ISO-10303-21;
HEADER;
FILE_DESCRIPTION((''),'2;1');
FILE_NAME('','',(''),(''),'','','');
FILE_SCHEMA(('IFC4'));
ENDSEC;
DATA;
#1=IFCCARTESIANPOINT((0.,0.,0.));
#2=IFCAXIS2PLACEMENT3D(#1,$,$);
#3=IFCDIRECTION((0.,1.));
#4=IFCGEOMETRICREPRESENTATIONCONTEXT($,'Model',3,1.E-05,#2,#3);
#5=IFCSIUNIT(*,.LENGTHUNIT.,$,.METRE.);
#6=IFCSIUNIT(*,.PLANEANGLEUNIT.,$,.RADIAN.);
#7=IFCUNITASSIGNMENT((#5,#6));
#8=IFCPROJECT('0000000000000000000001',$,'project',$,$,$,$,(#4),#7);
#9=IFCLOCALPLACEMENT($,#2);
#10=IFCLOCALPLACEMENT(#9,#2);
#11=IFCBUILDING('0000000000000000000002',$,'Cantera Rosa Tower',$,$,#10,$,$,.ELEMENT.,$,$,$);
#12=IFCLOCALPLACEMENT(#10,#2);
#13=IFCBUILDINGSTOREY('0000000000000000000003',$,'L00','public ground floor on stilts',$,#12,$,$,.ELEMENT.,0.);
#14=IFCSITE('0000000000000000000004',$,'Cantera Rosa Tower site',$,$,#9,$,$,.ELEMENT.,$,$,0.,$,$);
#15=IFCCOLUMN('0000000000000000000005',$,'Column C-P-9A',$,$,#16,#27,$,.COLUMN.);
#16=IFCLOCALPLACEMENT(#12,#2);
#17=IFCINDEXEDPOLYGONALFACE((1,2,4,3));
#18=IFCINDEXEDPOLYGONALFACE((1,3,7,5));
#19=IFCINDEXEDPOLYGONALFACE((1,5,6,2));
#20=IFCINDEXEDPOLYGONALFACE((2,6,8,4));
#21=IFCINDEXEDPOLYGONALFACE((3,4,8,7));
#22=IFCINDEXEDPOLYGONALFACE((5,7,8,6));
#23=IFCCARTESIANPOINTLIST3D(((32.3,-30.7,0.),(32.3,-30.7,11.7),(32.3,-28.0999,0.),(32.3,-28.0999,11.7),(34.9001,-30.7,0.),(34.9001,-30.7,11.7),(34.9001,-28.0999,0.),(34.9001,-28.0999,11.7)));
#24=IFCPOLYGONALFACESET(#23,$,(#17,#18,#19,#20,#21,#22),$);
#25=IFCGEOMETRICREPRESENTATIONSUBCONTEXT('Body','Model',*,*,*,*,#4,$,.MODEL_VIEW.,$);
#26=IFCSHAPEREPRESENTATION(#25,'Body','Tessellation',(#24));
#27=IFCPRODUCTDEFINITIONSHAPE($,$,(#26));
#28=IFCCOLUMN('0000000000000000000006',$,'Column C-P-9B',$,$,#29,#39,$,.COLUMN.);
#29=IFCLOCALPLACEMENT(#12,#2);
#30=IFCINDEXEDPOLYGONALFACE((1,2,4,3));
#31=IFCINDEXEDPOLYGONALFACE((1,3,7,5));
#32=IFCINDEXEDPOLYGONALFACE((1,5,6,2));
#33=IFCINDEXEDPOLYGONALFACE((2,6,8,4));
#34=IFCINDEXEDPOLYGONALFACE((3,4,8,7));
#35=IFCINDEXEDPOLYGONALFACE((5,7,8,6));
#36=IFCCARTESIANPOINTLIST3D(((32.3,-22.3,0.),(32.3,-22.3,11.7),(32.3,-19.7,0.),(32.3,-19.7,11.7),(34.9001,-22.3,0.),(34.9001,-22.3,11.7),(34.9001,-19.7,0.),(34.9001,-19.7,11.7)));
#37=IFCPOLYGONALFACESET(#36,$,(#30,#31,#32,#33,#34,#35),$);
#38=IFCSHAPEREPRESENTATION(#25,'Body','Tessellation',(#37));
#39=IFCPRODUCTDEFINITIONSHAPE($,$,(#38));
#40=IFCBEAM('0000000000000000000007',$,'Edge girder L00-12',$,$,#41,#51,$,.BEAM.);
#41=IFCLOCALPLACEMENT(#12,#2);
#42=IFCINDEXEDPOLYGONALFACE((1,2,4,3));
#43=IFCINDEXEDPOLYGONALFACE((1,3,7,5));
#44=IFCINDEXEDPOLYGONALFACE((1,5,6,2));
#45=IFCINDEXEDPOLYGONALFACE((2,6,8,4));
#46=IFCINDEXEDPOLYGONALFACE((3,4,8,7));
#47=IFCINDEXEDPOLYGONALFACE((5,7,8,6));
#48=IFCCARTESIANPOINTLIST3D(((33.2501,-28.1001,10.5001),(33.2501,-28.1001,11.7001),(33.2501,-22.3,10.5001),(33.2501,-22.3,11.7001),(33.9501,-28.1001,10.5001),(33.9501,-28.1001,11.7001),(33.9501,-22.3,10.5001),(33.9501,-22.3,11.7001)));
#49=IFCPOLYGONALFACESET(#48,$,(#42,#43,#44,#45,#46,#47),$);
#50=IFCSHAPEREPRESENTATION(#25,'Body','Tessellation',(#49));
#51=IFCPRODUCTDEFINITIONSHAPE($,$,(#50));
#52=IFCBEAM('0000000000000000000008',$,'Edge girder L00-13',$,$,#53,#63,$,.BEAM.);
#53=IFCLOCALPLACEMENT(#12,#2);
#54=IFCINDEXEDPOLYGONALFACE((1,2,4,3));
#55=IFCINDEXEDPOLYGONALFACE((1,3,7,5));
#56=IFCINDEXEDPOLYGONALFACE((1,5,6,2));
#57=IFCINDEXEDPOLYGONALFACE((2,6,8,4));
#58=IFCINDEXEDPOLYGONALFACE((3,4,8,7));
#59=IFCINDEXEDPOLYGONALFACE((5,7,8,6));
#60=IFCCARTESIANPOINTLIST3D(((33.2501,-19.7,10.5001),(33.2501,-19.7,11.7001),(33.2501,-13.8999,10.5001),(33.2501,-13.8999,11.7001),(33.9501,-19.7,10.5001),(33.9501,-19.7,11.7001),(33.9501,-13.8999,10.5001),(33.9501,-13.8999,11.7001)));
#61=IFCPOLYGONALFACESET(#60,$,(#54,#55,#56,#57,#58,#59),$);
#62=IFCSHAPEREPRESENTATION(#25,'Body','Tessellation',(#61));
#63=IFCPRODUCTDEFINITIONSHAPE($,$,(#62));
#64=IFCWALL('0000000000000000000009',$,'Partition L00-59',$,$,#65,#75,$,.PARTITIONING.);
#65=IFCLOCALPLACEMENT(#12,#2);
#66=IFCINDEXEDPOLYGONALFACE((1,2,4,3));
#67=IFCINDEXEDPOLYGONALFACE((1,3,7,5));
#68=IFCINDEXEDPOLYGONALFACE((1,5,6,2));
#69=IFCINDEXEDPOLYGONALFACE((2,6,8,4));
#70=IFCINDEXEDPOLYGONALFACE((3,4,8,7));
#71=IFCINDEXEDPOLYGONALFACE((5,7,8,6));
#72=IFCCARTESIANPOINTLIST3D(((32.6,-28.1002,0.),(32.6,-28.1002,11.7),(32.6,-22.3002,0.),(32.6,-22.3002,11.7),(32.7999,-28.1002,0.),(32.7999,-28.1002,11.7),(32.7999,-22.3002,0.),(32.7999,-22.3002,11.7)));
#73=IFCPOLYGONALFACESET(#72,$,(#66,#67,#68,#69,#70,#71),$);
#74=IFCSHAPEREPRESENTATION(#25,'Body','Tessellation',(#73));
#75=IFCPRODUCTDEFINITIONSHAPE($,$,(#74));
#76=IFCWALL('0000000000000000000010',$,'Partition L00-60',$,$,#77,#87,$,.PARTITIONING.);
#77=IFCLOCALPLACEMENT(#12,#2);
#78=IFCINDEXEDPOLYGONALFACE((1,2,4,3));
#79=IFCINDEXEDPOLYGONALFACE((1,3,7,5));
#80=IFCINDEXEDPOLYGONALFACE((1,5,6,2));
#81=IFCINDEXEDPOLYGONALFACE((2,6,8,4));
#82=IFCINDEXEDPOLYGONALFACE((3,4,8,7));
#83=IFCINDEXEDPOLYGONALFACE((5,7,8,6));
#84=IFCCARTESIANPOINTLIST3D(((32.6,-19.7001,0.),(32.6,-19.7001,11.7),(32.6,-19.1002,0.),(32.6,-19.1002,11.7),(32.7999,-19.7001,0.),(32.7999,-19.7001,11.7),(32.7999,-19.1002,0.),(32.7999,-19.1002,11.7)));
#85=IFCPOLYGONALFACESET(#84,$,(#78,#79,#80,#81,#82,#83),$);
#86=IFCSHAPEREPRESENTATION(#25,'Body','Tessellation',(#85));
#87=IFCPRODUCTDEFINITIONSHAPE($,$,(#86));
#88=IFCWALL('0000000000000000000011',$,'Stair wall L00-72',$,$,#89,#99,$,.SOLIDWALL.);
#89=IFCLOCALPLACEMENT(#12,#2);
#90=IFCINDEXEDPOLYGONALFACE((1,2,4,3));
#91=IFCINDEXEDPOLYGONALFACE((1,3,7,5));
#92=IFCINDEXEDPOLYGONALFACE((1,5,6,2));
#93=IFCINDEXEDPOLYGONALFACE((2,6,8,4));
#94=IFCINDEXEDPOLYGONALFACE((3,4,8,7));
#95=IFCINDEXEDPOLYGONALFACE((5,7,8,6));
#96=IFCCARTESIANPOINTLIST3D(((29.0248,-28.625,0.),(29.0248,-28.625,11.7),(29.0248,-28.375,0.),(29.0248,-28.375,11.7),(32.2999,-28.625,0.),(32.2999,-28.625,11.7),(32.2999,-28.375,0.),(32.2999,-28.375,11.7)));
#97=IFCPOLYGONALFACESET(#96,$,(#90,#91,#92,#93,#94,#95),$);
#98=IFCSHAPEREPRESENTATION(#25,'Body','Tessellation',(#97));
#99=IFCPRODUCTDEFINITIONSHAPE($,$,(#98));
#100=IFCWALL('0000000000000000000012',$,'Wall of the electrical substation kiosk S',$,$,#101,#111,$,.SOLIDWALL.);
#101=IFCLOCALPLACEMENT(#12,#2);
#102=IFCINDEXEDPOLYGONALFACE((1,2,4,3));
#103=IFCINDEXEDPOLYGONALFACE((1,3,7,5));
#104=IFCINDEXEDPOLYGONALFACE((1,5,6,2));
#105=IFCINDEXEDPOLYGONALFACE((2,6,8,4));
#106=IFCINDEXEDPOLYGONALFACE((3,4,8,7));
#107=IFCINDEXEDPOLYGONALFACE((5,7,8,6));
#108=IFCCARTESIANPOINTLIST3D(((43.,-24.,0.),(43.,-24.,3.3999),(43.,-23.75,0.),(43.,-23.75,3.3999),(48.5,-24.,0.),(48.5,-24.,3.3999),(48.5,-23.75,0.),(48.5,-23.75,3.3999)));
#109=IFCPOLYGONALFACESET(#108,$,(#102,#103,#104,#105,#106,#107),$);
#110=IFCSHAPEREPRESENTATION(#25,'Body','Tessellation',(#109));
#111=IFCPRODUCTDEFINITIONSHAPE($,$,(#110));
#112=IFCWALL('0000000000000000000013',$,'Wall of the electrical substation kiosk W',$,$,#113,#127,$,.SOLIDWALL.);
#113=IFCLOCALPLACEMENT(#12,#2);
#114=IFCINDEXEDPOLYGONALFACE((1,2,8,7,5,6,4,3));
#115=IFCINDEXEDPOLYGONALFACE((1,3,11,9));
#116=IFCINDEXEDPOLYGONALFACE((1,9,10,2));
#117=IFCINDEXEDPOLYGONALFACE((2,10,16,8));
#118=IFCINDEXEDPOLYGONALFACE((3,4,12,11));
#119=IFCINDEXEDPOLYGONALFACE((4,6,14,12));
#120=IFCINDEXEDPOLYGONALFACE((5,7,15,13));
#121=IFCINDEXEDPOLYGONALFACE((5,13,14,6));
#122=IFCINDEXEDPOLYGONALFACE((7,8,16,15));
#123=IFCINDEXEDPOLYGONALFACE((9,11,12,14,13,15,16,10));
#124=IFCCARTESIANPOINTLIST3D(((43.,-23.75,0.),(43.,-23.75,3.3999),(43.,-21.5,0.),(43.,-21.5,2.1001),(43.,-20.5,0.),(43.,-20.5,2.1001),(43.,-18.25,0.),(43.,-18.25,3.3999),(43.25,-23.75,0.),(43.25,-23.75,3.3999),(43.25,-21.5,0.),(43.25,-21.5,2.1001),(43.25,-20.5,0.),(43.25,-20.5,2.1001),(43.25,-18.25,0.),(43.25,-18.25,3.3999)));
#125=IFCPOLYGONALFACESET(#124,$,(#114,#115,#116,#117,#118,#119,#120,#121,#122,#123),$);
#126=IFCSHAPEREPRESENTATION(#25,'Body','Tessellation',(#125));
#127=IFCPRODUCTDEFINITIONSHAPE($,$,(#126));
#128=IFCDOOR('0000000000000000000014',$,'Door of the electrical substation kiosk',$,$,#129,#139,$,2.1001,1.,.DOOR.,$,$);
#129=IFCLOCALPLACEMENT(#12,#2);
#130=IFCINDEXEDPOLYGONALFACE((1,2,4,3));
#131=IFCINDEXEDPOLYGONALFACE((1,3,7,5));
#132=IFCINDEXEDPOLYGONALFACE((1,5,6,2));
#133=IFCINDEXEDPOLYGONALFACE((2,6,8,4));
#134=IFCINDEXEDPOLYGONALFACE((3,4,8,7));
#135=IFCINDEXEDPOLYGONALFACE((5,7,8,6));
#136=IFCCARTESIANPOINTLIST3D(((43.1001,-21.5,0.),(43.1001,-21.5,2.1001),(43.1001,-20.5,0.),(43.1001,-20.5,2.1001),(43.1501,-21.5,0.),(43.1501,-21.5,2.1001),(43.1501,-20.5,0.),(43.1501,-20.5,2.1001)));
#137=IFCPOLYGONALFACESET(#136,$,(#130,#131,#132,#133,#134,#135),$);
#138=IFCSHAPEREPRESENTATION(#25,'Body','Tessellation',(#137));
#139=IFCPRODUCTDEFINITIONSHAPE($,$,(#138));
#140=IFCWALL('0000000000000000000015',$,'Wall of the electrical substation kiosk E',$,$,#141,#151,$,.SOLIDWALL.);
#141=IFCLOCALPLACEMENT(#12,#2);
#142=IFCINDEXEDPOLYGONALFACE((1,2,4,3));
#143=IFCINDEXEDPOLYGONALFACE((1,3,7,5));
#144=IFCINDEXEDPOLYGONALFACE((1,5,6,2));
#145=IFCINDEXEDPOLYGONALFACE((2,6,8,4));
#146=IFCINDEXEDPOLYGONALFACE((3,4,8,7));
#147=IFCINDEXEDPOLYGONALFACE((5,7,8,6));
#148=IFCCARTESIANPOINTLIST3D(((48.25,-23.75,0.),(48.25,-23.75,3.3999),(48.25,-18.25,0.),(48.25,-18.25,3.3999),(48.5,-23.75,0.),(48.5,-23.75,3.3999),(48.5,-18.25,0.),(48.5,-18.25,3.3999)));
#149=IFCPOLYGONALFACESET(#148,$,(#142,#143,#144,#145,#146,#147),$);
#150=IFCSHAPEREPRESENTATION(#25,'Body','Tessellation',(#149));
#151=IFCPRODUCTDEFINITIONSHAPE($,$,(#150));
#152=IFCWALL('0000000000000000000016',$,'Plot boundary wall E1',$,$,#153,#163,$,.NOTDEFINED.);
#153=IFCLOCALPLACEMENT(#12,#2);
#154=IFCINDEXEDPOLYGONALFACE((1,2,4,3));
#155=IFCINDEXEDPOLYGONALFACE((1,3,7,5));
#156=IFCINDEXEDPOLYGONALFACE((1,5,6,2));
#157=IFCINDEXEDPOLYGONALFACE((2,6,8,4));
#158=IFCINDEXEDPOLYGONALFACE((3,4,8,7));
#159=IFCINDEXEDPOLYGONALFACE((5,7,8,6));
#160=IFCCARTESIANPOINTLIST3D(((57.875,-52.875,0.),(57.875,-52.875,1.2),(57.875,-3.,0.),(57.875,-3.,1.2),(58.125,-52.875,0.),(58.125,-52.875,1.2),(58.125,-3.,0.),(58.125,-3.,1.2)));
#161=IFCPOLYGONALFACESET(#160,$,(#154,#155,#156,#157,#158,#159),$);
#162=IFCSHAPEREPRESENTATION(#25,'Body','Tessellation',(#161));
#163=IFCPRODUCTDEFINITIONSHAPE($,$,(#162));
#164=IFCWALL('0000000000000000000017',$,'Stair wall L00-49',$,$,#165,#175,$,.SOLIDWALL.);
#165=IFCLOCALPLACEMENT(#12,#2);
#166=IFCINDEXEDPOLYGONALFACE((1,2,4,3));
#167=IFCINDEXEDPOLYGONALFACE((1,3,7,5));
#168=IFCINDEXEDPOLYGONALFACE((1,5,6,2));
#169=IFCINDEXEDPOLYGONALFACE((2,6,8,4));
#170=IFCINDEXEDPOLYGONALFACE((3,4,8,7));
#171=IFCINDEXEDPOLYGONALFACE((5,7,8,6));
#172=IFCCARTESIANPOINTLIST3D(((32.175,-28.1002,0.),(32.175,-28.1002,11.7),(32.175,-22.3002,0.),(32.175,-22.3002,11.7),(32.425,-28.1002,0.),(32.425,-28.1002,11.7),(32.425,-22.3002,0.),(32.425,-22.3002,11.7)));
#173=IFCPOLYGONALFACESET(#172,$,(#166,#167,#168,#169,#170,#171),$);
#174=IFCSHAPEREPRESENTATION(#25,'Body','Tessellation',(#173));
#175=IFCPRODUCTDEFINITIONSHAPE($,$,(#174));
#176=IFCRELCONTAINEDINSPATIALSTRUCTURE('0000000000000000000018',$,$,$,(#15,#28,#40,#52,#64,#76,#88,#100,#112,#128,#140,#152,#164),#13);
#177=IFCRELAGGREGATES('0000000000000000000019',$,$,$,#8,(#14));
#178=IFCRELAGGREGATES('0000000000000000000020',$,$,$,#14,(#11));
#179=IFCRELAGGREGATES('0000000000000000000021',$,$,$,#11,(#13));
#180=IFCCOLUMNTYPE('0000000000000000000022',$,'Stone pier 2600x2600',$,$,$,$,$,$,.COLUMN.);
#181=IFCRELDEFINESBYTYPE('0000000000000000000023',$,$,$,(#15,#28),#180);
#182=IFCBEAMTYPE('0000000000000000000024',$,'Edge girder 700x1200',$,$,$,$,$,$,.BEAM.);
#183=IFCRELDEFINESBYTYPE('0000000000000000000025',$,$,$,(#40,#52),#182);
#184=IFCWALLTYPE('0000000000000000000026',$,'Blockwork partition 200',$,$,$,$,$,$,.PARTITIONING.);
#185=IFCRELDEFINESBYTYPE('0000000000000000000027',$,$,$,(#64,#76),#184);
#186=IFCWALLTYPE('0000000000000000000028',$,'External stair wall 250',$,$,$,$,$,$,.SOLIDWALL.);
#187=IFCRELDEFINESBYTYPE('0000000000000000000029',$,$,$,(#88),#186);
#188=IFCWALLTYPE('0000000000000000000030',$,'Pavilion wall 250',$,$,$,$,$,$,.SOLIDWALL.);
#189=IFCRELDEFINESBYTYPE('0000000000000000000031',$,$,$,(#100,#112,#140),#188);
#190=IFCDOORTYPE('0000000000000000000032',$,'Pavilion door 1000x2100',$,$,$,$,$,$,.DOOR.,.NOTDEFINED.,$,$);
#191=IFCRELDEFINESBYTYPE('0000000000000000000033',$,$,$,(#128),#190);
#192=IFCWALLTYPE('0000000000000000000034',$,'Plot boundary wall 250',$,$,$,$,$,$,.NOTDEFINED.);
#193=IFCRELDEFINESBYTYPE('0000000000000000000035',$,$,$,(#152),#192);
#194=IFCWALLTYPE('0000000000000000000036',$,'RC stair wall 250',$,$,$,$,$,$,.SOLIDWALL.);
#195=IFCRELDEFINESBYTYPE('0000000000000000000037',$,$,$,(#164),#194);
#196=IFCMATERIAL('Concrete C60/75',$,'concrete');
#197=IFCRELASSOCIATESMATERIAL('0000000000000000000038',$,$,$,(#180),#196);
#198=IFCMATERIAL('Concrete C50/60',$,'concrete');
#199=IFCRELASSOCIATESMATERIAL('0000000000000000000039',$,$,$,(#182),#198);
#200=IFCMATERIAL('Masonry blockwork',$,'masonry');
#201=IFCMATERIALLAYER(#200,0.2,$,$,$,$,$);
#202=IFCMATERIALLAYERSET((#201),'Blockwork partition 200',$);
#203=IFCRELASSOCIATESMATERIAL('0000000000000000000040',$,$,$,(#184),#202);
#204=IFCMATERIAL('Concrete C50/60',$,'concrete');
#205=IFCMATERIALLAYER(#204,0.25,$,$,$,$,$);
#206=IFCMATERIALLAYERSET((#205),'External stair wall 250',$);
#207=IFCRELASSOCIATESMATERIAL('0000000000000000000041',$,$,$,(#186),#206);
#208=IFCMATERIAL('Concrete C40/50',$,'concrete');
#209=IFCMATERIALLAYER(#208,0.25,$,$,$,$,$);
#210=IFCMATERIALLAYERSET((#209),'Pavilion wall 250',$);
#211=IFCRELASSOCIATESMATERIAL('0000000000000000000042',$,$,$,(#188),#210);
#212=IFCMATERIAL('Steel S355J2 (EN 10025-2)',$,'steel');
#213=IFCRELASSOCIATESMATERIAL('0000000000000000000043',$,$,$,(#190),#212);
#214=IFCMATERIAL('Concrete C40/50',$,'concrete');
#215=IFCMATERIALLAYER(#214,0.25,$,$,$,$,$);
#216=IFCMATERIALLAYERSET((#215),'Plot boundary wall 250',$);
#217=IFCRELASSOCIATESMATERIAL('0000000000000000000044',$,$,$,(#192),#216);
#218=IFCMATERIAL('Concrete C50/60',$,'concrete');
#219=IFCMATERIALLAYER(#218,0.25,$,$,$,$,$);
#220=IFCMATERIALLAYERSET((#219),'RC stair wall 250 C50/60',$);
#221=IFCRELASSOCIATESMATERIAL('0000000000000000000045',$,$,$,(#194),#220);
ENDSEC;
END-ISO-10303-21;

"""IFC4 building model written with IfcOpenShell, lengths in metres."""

from ifc_helpers import new_model, si_unit, direction, frame, frame_2d, origin, origin_2d, place, context, subcontext, project, spatial, rectangle, extrude, material, layer, layer_set, material_profile, profile_set, type_object, element, fill, save


model = new_model("IFC4")

# Units and contexts
model_context = context("Model", 3, precision=1e-05, world=origin(), true_north=direction((0.0, 1.0)))
body_context = subcontext(model_context, "Body", "Model", "MODEL_VIEW")
ifc_project = project(units=[si_unit("LENGTHUNIT", "METRE"), si_unit("PLANEANGLEUNIT", "RADIAN")], contexts=[model_context])

# Site, building, storey
site_placement = place(None, origin())
site = spatial("IfcSite", under=ifc_project, at=site_placement, Name="Cantera Rosa Tower site", CompositionType="ELEMENT", RefElevation=0.0)
building_placement = place(site_placement, origin())
building = spatial("IfcBuilding", under=site, at=building_placement, Name="Cantera Rosa Tower", CompositionType="ELEMENT")
storey_placement = place(building_placement, origin())
storey = spatial("IfcBuildingStorey", under=building, at=storey_placement, Name="L00", Description="public ground floor on stilts", CompositionType="ELEMENT", Elevation=0.0)

# Columns
ifc_material_1 = material(Name="Concrete C60/75", Category="concrete")
ifc_material_profile_1 = material_profile(ifc_material_1, rectangle(XDim=2.6001, YDim=2.6001, at=origin_2d()), Name="Stone pier 2600x2600")
ifc_profile_set_1 = profile_set([ifc_material_profile_1], Name="Concrete C60/75")
column_type = type_object("IfcColumnType", Name="Stone pier 2600x2600", PredefinedType="COLUMN", material=ifc_profile_set_1)
for number, where, z_axis, x_axis, name in (
    (1, (33.6001, -29.3999, 0.0), (0.0, 0.0, 1.0), (1.0, 0.0, 0.0), "Column C-P-9A"),
    (2, (33.6001, -21.0, 0.0), (0.0, 0.0, 1.0), (1.0, 0.0, 0.0), "Column C-P-9B"),
):
    element("IfcColumn", number, at=place(storey_placement, frame(where, z_axis=z_axis, x_axis=x_axis)), inside=storey, type_object=column_type, Name=name, PredefinedType="COLUMN", context=body_context, shape_type="SweptSolid", body=[
        extrude(rectangle(XDim=2.6001, YDim=2.6001, at=origin_2d()), origin(), (0.0, 0.0, 1.0), 11.7),
    ])

# Beams
ifc_material_2 = material(Name="Concrete C50/60", Category="concrete")
ifc_material_profile_2 = material_profile(ifc_material_2, rectangle(XDim=0.7, YDim=1.2, at=origin_2d()), Name="Edge girder 700x1200")
ifc_profile_set_2 = profile_set([ifc_material_profile_2], Name="Concrete C50/60")
beam_type = type_object("IfcBeamType", Name="Edge girder 700x1200", PredefinedType="BEAM", material=ifc_profile_set_2)
for number, where, z_axis, x_axis, name in (
    (3, (33.6001, -28.1001, 11.1001), (0.0, 1.0, 0.0), (-1.0, 0.0, 0.0), "Edge girder L00-12"),
    (4, (33.6001, -19.7, 11.1001), (0.0, 1.0, 0.0), (-1.0, 0.0, 0.0), "Edge girder L00-13"),
):
    element("IfcBeam", number, at=place(storey_placement, frame(where, z_axis=z_axis, x_axis=x_axis)), inside=storey, type_object=beam_type, Name=name, PredefinedType="BEAM", context=body_context, shape_type="SweptSolid", body=[
        extrude(rectangle(XDim=0.7, YDim=1.2, at=origin_2d()), origin(), (0.0, 0.0, 1.0), 5.8),
    ])

# Walls
ifc_material_3 = material(Name="Masonry blockwork", Category="masonry")
ifc_layer_1 = layer(ifc_material_3, 0.2)
ifc_layer_set_1 = layer_set([ifc_layer_1], Name="Blockwork partition 200")
wall_type_1 = type_object("IfcWallType", Name="Blockwork partition 200", PredefinedType="PARTITIONING", material=ifc_layer_set_1)
wall_1_placement = place(storey_placement, frame((32.7, -28.1001, 0.0), z_axis=(0.0, 0.0, 1.0), x_axis=(0.0, 1.0, 0.0)))
element("IfcWall", 5, at=wall_1_placement, inside=storey, type_object=wall_type_1, Name="Partition L00-59", PredefinedType="PARTITIONING", context=body_context, shape_type="SweptSolid", body=[
    extrude(rectangle(XDim=5.8, YDim=0.2, at=frame_2d((2.8999, 0.0))), origin(), (0.0, 0.0, 1.0), 11.7),
])
wall_2_placement = place(storey_placement, frame((32.7, -19.7, 0.0), z_axis=(0.0, 0.0, 1.0), x_axis=(0.0, 1.0, 0.0)))
element("IfcWall", 6, at=wall_2_placement, inside=storey, type_object=wall_type_1, Name="Partition L00-60", PredefinedType="PARTITIONING", context=body_context, shape_type="SweptSolid", body=[
    extrude(rectangle(XDim=0.5999, YDim=0.2, at=frame_2d((0.2998, 0.0))), origin(), (0.0, 0.0, 1.0), 11.7),
])
ifc_material_4 = material(Name="Concrete C50/60", Category="concrete")
ifc_layer_2 = layer(ifc_material_4, 0.25)
ifc_layer_set_2 = layer_set([ifc_layer_2], Name="External stair wall 250")
wall_type_2 = type_object("IfcWallType", Name="External stair wall 250", PredefinedType="SOLIDWALL", material=ifc_layer_set_2)
wall_3_placement = place(storey_placement, frame((32.3, -28.5, 0.0), z_axis=(0.0, 0.0, 1.0), x_axis=(-1.0, 0.0, 0.0)))
element("IfcWall", 7, at=wall_3_placement, inside=storey, type_object=wall_type_2, Name="Stair wall L00-72", PredefinedType="SOLIDWALL", context=body_context, shape_type="SweptSolid", body=[
    extrude(rectangle(XDim=3.2751, YDim=0.25, at=frame_2d((1.6377, 0.0))), origin(), (0.0, 0.0, 1.0), 11.7),
])
ifc_material_5 = material(Name="Concrete C40/50", Category="concrete")
ifc_layer_3 = layer(ifc_material_5, 0.25)
ifc_layer_set_3 = layer_set([ifc_layer_3], Name="Pavilion wall 250")
wall_type_3 = type_object("IfcWallType", Name="Pavilion wall 250", PredefinedType="SOLIDWALL", material=ifc_layer_set_3)
wall_4_placement = place(storey_placement, frame((43.0, -23.875, 0.0), z_axis=(0.0, 0.0, 1.0), x_axis=(1.0, 0.0, 0.0)))
element("IfcWall", 8, at=wall_4_placement, inside=storey, type_object=wall_type_3, Name="Wall of the electrical substation kiosk S", PredefinedType="SOLIDWALL", context=body_context, shape_type="SweptSolid", body=[
    extrude(rectangle(XDim=5.5, YDim=0.25, at=frame_2d((2.75, 0.0))), origin(), (0.0, 0.0, 1.0), 3.3999),
])

# Wall, opening, door
wall_5_placement = place(storey_placement, frame((43.125, -23.75, 0.0), z_axis=(0.0, 0.0, 1.0), x_axis=(0.0, 1.0, 0.0)))
wall_5 = element("IfcWall", 9, at=wall_5_placement, inside=storey, type_object=wall_type_3, Name="Wall of the electrical substation kiosk W", PredefinedType="SOLIDWALL", context=body_context, shape_type="SweptSolid", body=[
    extrude(rectangle(XDim=5.5, YDim=0.25, at=frame_2d((2.75, 0.0))), origin(), (0.0, 0.0, 1.0), 3.3999),
])
opening_placement = place(wall_5_placement, frame((2.25, 0.0, 0.0)))
opening = element("IfcOpeningElement", 10, at=opening_placement, cuts=wall_5, PredefinedType="OPENING", context=body_context, shape_type="SweptSolid", body=[
    extrude(rectangle(XDim=1.0, YDim=2.1001, at=frame_2d((0.5, 1.05))), frame((0.0, 0.135, 0.0), z_axis=(0.0, -1.0, 0.0), x_axis=(1.0, 0.0, 0.0)), (0.0, 0.0, 1.0), 0.27),
])
ifc_material_6 = material(Name="Steel S355J2 (EN 10025-2)", Category="steel")
door_type = type_object("IfcDoorType", Name="Pavilion door 1000x2100", OperationType="NOTDEFINED", PredefinedType="DOOR", material=ifc_material_6)
door_placement = place(opening_placement, origin())
door = element("IfcDoor", 11, at=door_placement, inside=storey, type_object=door_type, Name="Door of the electrical substation kiosk", OverallHeight=2.1001, OverallWidth=1.0, PredefinedType="DOOR", context=body_context, shape_type="SweptSolid", body=[
    extrude(rectangle(XDim=1.0, YDim=2.1001, at=frame_2d((0.5, 1.05))), frame((0.0, 0.0249, 0.0), z_axis=(0.0, -1.0, 0.0), x_axis=(1.0, 0.0, 0.0)), (0.0, 0.0, 1.0), 0.05),
])
fill(opening, door)

# Walls
wall_6_placement = place(storey_placement, frame((48.375, -23.75, 0.0), z_axis=(0.0, 0.0, 1.0), x_axis=(0.0, 1.0, 0.0)))
element("IfcWall", 12, at=wall_6_placement, inside=storey, type_object=wall_type_3, Name="Wall of the electrical substation kiosk E", PredefinedType="SOLIDWALL", context=body_context, shape_type="SweptSolid", body=[
    extrude(rectangle(XDim=5.5, YDim=0.25, at=frame_2d((2.75, 0.0))), origin(), (0.0, 0.0, 1.0), 3.3999),
])
ifc_material_7 = material(Name="Concrete C40/50", Category="concrete")
ifc_layer_4 = layer(ifc_material_7, 0.25)
ifc_layer_set_4 = layer_set([ifc_layer_4], Name="Plot boundary wall 250")
wall_type_4 = type_object("IfcWallType", Name="Plot boundary wall 250", PredefinedType="NOTDEFINED", material=ifc_layer_set_4)
wall_7_placement = place(storey_placement, frame((58.0, -52.875, 0.0), z_axis=(0.0, 0.0, 1.0), x_axis=(0.0, 1.0, 0.0)))
element("IfcWall", 13, at=wall_7_placement, inside=storey, type_object=wall_type_4, Name="Plot boundary wall E1", PredefinedType="NOTDEFINED", context=body_context, shape_type="SweptSolid", body=[
    extrude(rectangle(XDim=49.875, YDim=0.25, at=frame_2d((24.9375, 0.0))), origin(), (0.0, 0.0, 1.0), 1.2),
])
ifc_material_8 = material(Name="Concrete C50/60", Category="concrete")
ifc_layer_5 = layer(ifc_material_8, 0.25)
ifc_layer_set_5 = layer_set([ifc_layer_5], Name="RC stair wall 250 C50/60")
wall_type_5 = type_object("IfcWallType", Name="RC stair wall 250", PredefinedType="SOLIDWALL", material=ifc_layer_set_5)
wall_8_placement = place(storey_placement, frame((32.3, -28.1001, 0.0), z_axis=(0.0, 0.0, 1.0), x_axis=(0.0, 1.0, 0.0)))
element("IfcWall", 14, at=wall_8_placement, inside=storey, type_object=wall_type_5, Name="Stair wall L00-49", PredefinedType="SOLIDWALL", context=body_context, shape_type="SweptSolid", body=[
    extrude(rectangle(XDim=5.8, YDim=0.25, at=frame_2d((2.8999, 0.0))), origin(), (0.0, 0.0, 1.0), 11.7),
])

save(model, "model.ifc")
